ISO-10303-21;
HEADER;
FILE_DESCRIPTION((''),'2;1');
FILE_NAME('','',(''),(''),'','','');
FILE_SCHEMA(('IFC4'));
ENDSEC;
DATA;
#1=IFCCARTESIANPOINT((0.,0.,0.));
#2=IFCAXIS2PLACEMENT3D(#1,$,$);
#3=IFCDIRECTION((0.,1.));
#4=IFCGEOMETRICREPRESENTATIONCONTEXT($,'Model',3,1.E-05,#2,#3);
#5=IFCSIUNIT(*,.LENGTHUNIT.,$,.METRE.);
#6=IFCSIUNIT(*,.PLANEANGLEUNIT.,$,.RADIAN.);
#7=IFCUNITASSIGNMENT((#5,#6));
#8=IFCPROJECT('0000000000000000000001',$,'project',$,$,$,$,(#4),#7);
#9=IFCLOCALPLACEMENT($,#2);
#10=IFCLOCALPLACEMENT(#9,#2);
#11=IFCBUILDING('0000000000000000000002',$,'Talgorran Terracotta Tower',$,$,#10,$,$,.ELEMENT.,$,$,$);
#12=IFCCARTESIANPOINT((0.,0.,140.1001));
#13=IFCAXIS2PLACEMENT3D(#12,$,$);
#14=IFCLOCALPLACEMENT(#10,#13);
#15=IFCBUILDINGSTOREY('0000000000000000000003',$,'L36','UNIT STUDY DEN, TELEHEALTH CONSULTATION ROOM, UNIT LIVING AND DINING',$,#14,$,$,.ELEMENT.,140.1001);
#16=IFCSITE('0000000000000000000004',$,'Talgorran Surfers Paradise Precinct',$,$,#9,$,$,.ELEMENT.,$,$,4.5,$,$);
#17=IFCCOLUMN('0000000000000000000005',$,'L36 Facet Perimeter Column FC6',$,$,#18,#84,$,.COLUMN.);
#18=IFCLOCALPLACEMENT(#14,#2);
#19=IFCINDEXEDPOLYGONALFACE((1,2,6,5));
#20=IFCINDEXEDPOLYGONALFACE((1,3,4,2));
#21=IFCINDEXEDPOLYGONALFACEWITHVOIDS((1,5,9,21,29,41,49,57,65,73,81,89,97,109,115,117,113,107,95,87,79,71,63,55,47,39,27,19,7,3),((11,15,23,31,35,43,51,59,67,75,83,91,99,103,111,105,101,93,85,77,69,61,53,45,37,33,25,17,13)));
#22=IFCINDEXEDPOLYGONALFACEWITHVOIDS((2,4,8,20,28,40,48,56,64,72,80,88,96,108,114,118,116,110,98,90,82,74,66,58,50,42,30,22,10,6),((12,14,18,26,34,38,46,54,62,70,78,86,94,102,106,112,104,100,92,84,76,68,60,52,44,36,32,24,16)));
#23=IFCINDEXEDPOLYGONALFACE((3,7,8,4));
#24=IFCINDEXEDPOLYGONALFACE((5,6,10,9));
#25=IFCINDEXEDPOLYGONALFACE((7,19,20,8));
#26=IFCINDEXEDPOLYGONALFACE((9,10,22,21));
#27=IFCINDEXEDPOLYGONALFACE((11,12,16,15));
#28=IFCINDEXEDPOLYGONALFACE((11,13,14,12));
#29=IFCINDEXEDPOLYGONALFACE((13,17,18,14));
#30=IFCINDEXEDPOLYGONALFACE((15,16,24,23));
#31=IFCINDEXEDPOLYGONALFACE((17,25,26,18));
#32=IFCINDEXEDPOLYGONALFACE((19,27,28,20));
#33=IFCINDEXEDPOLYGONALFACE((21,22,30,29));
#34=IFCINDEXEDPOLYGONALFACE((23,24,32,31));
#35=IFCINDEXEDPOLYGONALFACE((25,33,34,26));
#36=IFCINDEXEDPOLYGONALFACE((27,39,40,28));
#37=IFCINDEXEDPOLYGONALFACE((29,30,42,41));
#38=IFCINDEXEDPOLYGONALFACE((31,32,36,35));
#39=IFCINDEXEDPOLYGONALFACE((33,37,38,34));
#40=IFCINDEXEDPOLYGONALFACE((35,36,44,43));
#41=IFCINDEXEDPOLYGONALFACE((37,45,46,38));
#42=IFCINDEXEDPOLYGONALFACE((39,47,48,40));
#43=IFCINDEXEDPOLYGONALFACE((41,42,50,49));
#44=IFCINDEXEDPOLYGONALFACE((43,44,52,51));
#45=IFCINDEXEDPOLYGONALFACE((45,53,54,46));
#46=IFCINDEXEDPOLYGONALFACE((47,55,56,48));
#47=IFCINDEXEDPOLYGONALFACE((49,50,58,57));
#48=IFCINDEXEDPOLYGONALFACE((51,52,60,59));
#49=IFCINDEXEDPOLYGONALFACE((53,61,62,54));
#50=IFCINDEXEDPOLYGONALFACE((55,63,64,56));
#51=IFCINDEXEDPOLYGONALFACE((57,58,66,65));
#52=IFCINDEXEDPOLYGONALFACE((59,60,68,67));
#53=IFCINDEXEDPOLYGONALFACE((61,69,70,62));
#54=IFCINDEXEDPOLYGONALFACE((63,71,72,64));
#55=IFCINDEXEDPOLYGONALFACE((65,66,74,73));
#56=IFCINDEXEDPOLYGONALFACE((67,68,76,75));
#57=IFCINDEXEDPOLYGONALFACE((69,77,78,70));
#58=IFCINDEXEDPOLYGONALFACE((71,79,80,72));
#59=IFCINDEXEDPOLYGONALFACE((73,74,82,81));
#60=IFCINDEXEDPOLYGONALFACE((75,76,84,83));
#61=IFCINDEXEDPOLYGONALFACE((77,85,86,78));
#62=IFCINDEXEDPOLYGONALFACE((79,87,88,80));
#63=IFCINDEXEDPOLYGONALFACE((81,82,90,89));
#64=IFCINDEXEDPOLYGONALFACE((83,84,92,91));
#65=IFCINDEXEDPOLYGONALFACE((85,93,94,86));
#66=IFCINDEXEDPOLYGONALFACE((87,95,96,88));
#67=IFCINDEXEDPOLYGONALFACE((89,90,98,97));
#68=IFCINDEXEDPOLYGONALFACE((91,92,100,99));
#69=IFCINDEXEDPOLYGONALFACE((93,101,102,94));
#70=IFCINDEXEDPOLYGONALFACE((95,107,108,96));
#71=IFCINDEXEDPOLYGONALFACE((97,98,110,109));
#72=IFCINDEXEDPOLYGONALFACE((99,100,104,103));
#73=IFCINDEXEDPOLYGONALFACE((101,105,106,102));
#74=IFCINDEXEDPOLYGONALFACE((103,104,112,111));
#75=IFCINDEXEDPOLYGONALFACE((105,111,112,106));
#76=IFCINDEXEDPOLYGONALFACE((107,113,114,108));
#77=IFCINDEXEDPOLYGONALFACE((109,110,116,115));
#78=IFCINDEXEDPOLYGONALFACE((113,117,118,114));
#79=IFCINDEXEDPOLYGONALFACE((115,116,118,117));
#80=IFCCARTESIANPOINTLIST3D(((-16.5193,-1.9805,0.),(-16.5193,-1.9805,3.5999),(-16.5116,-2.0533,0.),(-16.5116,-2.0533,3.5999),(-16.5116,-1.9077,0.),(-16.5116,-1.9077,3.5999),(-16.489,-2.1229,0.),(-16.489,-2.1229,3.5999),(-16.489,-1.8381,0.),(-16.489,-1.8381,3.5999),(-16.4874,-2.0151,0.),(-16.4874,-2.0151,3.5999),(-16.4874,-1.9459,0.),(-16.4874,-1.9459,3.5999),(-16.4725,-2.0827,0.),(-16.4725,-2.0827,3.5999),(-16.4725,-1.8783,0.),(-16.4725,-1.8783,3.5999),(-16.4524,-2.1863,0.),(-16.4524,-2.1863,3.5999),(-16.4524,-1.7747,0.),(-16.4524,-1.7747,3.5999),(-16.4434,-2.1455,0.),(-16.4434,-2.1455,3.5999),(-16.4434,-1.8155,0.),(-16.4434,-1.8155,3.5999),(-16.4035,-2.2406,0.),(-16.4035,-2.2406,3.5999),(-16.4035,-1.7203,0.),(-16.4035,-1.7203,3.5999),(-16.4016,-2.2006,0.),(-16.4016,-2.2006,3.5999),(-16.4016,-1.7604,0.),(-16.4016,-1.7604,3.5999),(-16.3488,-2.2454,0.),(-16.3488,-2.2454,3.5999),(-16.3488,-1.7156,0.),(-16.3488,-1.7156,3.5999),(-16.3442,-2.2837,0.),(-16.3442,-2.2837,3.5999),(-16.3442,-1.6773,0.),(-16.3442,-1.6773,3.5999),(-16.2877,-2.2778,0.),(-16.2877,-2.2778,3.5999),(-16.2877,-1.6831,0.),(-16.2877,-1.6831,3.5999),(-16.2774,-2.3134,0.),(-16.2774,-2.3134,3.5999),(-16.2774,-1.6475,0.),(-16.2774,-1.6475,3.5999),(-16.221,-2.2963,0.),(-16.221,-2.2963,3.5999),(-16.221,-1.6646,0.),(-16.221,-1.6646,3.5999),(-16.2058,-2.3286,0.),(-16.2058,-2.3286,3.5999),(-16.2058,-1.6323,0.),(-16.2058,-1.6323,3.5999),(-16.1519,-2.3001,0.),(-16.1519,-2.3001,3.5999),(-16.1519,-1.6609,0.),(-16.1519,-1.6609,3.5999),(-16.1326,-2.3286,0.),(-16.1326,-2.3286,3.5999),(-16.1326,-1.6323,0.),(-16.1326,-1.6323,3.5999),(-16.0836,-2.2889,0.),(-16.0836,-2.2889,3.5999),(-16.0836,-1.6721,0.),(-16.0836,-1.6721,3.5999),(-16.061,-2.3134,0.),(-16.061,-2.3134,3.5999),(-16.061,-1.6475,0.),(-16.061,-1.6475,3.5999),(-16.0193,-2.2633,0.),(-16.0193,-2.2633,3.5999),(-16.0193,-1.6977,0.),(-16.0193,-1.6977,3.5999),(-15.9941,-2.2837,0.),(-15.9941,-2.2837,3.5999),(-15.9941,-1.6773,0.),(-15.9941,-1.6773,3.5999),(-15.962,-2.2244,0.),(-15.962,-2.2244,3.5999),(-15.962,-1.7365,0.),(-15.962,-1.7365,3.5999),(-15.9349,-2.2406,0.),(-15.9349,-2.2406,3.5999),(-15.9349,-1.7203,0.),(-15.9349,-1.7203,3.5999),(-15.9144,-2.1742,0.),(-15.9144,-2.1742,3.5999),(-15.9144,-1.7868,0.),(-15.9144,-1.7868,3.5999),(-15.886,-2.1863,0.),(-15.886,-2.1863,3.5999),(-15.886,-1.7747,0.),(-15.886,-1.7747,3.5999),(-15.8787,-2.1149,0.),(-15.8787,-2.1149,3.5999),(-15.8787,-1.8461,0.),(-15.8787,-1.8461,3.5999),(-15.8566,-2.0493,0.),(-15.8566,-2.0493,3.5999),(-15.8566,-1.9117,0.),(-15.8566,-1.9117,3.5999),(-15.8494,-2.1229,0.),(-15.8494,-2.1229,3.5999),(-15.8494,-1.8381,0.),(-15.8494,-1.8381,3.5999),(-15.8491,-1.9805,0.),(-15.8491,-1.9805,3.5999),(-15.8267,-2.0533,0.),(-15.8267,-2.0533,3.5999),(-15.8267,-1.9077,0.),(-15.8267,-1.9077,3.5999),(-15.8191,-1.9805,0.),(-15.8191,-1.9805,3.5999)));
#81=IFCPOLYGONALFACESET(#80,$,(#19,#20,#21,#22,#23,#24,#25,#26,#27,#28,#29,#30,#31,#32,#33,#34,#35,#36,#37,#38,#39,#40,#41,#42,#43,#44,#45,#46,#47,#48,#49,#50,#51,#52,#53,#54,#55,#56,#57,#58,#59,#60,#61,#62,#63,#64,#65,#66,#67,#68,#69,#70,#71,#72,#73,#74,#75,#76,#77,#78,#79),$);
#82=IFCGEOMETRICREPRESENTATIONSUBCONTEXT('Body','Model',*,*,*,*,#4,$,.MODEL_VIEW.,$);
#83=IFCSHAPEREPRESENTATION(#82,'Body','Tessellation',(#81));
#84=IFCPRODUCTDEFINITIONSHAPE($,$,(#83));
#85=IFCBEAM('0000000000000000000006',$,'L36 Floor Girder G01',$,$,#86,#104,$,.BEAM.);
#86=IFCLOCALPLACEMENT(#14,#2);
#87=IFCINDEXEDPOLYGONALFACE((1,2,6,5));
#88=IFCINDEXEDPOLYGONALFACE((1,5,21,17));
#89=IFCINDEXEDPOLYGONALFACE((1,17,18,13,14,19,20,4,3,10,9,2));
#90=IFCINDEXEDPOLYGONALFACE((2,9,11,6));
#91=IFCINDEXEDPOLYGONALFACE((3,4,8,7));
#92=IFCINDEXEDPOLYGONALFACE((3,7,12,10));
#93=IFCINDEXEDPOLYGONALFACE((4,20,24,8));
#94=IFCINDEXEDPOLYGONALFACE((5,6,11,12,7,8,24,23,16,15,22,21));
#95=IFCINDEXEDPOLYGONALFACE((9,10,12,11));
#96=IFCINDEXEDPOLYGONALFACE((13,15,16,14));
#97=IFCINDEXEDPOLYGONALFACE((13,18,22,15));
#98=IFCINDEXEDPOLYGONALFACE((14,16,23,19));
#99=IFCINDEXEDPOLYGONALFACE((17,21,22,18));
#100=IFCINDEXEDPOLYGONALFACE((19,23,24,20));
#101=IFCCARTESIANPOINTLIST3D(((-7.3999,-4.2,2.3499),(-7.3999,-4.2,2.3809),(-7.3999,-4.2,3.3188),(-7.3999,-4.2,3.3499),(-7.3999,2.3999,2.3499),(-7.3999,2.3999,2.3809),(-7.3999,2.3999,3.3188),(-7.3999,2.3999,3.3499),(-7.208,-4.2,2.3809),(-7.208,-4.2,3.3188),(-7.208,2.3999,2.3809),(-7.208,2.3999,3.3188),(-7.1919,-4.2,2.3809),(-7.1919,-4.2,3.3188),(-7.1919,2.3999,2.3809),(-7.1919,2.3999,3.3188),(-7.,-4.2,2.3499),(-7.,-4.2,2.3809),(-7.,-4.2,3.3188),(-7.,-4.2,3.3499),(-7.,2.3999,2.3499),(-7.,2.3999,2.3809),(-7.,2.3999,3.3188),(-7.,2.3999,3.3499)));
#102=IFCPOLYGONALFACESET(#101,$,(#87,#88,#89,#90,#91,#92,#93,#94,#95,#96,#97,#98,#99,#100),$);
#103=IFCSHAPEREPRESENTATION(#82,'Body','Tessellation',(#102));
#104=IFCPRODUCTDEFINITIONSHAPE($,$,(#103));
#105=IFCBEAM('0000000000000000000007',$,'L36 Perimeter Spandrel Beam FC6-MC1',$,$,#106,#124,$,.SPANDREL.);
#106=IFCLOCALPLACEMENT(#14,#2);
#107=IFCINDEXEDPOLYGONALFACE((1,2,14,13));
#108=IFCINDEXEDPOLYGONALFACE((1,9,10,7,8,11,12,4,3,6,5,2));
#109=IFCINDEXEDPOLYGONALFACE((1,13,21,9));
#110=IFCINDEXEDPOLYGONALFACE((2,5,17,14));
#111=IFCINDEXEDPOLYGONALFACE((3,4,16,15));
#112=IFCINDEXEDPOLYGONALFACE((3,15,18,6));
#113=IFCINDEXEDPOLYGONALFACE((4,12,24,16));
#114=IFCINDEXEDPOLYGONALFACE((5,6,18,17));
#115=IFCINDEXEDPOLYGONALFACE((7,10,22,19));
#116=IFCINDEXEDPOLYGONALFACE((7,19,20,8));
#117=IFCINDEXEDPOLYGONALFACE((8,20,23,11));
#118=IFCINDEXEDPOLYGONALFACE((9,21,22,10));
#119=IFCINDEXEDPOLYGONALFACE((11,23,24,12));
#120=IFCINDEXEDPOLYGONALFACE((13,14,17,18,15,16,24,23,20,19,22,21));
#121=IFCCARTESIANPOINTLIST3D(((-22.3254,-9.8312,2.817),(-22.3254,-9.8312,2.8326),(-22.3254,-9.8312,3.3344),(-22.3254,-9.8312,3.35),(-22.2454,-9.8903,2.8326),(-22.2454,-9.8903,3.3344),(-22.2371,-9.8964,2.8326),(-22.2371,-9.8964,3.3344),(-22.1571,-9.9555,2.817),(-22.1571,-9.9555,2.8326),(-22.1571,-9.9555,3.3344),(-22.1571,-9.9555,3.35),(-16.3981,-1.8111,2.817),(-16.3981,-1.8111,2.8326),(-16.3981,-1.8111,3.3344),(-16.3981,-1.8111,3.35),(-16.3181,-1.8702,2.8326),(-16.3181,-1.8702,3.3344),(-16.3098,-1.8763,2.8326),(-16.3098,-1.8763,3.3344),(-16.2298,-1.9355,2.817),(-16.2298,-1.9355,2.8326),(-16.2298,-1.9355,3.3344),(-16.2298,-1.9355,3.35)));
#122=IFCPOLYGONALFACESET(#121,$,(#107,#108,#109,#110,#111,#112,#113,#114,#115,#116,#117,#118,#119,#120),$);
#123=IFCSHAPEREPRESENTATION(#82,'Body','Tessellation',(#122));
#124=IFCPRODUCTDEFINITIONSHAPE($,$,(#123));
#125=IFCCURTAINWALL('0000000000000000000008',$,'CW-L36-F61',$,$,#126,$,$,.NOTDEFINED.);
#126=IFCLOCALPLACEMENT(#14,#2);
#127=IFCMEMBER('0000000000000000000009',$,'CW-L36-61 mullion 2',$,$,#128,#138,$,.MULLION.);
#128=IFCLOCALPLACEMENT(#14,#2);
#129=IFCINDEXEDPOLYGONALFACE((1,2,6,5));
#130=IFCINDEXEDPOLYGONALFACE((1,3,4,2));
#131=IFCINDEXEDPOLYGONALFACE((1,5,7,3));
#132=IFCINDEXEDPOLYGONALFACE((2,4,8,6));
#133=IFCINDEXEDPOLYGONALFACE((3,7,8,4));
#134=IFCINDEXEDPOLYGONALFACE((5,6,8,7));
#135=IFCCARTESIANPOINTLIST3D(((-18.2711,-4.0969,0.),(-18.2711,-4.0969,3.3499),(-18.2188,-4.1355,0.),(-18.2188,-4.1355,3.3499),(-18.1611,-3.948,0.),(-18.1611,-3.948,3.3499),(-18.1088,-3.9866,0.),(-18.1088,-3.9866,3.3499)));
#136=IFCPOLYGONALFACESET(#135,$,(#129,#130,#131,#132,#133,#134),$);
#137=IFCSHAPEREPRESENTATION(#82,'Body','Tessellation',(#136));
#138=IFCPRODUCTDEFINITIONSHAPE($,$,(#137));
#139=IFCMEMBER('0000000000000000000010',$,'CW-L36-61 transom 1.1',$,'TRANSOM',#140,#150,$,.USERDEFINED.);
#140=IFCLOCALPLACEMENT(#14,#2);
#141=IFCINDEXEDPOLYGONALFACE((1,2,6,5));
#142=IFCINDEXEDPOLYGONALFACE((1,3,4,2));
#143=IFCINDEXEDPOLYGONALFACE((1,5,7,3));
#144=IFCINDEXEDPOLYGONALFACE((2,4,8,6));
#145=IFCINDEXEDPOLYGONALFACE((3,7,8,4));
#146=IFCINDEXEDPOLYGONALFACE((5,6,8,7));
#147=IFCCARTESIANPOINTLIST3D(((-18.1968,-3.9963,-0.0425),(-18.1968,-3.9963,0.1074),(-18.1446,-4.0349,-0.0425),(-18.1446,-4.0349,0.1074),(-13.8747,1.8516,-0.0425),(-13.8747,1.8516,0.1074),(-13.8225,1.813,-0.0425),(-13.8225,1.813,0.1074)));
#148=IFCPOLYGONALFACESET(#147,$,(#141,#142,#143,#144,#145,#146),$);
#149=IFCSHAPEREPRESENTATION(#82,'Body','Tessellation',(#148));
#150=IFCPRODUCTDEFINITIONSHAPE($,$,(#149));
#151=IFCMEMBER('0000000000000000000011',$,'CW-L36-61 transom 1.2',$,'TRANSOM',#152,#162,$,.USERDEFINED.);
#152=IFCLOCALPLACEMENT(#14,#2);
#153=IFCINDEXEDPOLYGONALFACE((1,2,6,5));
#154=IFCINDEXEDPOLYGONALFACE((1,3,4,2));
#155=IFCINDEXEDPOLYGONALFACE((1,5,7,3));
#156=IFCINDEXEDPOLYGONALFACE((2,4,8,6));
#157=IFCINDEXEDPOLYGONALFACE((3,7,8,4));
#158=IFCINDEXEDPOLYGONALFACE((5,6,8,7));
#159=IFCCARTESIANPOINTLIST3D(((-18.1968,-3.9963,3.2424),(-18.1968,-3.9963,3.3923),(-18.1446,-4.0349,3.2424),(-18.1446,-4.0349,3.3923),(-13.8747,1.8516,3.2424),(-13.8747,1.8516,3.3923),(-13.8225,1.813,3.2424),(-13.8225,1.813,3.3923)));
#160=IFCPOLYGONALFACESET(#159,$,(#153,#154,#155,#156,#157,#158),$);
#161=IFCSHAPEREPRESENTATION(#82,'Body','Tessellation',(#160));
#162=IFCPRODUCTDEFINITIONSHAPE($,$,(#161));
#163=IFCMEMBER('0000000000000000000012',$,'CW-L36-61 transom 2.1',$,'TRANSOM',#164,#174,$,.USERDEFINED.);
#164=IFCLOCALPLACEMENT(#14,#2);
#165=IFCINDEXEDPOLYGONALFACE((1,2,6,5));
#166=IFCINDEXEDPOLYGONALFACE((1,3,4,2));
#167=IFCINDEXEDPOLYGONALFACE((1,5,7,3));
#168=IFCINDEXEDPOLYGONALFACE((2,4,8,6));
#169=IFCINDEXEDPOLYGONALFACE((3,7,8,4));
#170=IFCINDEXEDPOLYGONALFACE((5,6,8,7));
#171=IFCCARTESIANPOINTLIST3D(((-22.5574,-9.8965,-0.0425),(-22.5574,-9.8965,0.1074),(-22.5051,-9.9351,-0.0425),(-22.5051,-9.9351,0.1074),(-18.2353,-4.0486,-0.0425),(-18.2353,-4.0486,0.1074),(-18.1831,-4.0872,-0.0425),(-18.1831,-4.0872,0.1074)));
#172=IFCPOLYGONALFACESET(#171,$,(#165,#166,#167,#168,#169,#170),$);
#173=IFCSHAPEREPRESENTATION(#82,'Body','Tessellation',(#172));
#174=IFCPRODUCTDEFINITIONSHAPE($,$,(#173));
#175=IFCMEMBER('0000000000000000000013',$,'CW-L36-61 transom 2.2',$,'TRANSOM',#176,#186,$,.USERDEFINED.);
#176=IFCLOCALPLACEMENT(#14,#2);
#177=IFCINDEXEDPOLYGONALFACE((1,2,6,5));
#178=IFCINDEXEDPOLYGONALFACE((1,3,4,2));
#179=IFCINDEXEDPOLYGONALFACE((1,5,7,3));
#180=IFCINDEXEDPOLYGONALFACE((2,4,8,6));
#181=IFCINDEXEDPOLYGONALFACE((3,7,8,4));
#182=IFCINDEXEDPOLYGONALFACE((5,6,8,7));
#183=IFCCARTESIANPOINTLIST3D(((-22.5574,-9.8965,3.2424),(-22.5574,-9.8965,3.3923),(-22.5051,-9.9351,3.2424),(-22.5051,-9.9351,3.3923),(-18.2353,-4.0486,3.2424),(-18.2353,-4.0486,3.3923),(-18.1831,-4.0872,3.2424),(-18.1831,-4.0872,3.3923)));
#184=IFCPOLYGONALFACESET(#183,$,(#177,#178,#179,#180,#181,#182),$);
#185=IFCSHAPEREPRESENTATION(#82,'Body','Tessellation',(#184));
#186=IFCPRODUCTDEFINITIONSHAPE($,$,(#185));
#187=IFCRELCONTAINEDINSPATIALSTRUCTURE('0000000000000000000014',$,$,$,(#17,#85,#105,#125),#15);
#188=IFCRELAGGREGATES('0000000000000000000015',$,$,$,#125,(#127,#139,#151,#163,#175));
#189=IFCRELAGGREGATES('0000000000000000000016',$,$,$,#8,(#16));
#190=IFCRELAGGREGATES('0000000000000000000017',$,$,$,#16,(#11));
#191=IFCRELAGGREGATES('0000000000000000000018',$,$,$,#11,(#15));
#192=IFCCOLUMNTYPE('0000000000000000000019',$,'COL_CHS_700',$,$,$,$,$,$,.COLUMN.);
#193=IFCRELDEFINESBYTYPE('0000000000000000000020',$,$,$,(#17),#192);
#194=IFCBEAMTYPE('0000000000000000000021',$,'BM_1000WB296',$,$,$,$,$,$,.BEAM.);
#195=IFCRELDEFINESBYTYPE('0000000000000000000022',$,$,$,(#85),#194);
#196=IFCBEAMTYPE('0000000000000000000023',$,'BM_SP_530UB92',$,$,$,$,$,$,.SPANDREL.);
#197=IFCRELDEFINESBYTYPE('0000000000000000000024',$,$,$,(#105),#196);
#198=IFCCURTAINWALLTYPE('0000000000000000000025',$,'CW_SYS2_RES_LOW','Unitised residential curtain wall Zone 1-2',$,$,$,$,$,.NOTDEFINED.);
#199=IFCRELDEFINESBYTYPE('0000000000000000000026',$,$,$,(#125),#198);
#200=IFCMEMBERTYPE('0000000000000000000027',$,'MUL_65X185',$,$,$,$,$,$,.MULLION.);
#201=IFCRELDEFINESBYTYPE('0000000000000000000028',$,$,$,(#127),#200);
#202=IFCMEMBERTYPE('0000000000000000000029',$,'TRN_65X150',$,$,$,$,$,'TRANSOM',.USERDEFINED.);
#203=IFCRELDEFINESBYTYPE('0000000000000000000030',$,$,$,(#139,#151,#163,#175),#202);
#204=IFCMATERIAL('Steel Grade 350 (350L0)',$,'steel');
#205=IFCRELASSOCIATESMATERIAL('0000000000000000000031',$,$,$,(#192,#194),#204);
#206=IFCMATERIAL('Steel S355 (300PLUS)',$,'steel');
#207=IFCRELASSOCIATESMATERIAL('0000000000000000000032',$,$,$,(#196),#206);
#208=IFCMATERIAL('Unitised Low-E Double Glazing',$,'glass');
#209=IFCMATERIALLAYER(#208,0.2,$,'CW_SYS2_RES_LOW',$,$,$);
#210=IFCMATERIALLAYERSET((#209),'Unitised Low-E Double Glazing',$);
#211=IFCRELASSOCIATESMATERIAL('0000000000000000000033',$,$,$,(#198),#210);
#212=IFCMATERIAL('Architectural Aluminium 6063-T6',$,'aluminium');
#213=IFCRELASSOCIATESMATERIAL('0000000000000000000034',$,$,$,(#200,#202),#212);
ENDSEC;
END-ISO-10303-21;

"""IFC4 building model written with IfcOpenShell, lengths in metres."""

from ifc_helpers import new_model, si_unit, direction, frame, origin, origin_2d, place, context, subcontext, project, spatial, rectangle, hollow_circle, i_section, extrude, material, layer, layer_set, material_profile, profile_set, type_object, element, aggregate, save


model = new_model("IFC4")

# Units and contexts
model_context = context("Model", 3, precision=1e-05, world=origin(), true_north=direction((0.0, 1.0)))
body_context = subcontext(model_context, "Body", "Model", "MODEL_VIEW")
ifc_project = project(units=[si_unit("LENGTHUNIT", "METRE"), si_unit("PLANEANGLEUNIT", "RADIAN")], contexts=[model_context])

# Site, building, storey
site_placement = place(None, origin())
site = spatial("IfcSite", under=ifc_project, at=site_placement, Name="Talgorran Surfers Paradise Precinct", CompositionType="ELEMENT", RefElevation=4.5)
building_placement = place(site_placement, origin())
building = spatial("IfcBuilding", under=site, at=building_placement, Name="Talgorran Terracotta Tower", CompositionType="ELEMENT")
storey_placement = place(building_placement, frame((0.0, 0.0, 140.1001)))
storey = spatial("IfcBuildingStorey", under=building, at=storey_placement, Name="L36", Description="UNIT STUDY DEN, TELEHEALTH CONSULTATION ROOM, UNIT LIVING AND DINING", CompositionType="ELEMENT", Elevation=140.1001)

# Column
ifc_material_1 = material(Name="Steel Grade 350 (350L0)", Category="steel")
ifc_material_profile_1 = material_profile(ifc_material_1, hollow_circle(Radius=0.3501, WallThickness=0.03, at=origin_2d()), Name="CHS700X30")
ifc_profile_set_1 = profile_set([ifc_material_profile_1], Name="Steel Grade 350 (350L0)")
column_type = type_object("IfcColumnType", Name="COL_CHS_700", PredefinedType="COLUMN", material=ifc_profile_set_1)
column_placement = place(storey_placement, frame((-16.1692, -1.9805, 0.0), z_axis=(0.0, 0.0, 1.0), x_axis=(1.0, 0.0, 0.0)))
element("IfcColumn", 1, at=column_placement, inside=storey, type_object=column_type, Name="L36 Facet Perimeter Column FC6", PredefinedType="COLUMN", context=body_context, shape_type="SweptSolid", body=[
    extrude(hollow_circle(Radius=0.3501, WallThickness=0.03, at=origin_2d()), origin(), (0.0, 0.0, 1.0), 3.5999),
])

# Beams
ifc_material_profile_2 = material_profile(ifc_material_1, i_section(OverallWidth=0.3999, OverallDepth=1.0, WebThickness=0.0161, FlangeThickness=0.031, at=origin_2d()), Name="1000WB296")
ifc_profile_set_2 = profile_set([ifc_material_profile_2], Name="Steel Grade 350 (350L0)")
beam_type_1 = type_object("IfcBeamType", Name="BM_1000WB296", PredefinedType="BEAM", material=ifc_profile_set_2)
beam_1_placement = place(storey_placement, frame((-7.2, -4.2, 2.8499), z_axis=(0.0, 1.0, 0.0), x_axis=(-1.0, 0.0, 0.0)))
element("IfcBeam", 2, at=beam_1_placement, inside=storey, type_object=beam_type_1, Name="L36 Floor Girder G01", PredefinedType="BEAM", context=body_context, shape_type="SweptSolid", body=[
    extrude(i_section(OverallWidth=0.3999, OverallDepth=1.0, WebThickness=0.0161, FlangeThickness=0.031, at=origin_2d()), origin(), (0.0, 0.0, 1.0), 6.5999),
])
ifc_material_2 = material(Name="Steel S355 (300PLUS)", Category="steel")
ifc_material_profile_3 = material_profile(ifc_material_2, i_section(OverallWidth=0.2092, OverallDepth=0.533, WebThickness=0.0103, FlangeThickness=0.0156, at=origin_2d()), Name="530UB92.4")
ifc_profile_set_3 = profile_set([ifc_material_profile_3], Name="Steel S355 (300PLUS)")
beam_type_2 = type_object("IfcBeamType", Name="BM_SP_530UB92", PredefinedType="SPANDREL", material=ifc_profile_set_3)
beam_2_placement = place(storey_placement, frame((-16.314, -1.8733, 3.0835), z_axis=(-0.594353, -0.804205, 0.0), x_axis=(0.804205, -0.594353, 0.0)))
element("IfcBeam", 3, at=beam_2_placement, inside=storey, type_object=beam_type_2, Name="L36 Perimeter Spandrel Beam FC6-MC1", PredefinedType="SPANDREL", context=body_context, shape_type="SweptSolid", body=[
    extrude(i_section(OverallWidth=0.2092, OverallDepth=0.533, WebThickness=0.0103, FlangeThickness=0.0156, at=origin_2d()), origin(), (0.0, 0.0, 1.0), 9.9727),
])

# Curtain wall, members
ifc_material_3 = material(Name="Unitised Low-E Double Glazing", Category="glass")
ifc_layer_1 = layer(ifc_material_3, 0.2, Name="CW_SYS2_RES_LOW")
ifc_layer_set_1 = layer_set([ifc_layer_1], Name="Unitised Low-E Double Glazing")
curtain_wall_type = type_object("IfcCurtainWallType", Name="CW_SYS2_RES_LOW", Description="Unitised residential curtain wall Zone 1-2", PredefinedType="NOTDEFINED", material=ifc_layer_set_1)
curtain_wall_placement = place(storey_placement, origin())
curtain_wall = element("IfcCurtainWall", 4, at=curtain_wall_placement, inside=storey, type_object=curtain_wall_type, Name="CW-L36-F61", PredefinedType="NOTDEFINED")
ifc_material_4 = material(Name="Architectural Aluminium 6063-T6", Category="aluminium")
ifc_material_profile_4 = material_profile(ifc_material_4, rectangle(XDim=0.0649, YDim=0.1851, at=origin_2d()), Name="CWM65X185")
ifc_profile_set_4 = profile_set([ifc_material_profile_4], Name="Architectural Aluminium 6063-T6")
member_type_1 = type_object("IfcMemberType", Name="MUL_65X185", PredefinedType="MULLION", material=ifc_profile_set_4)
member_1_placement = place(storey_placement, frame((-18.1899, -4.0417, 0.0), z_axis=(0.0, 0.0, 1.0), x_axis=(0.804199, -0.59436, 0.0)))
member_1 = element("IfcMember", 5, at=member_1_placement, type_object=member_type_1, Name="CW-L36-61 mullion 2", PredefinedType="MULLION", context=body_context, shape_type="SweptSolid", body=[
    extrude(rectangle(XDim=0.0649, YDim=0.1851, at=origin_2d()), origin(), (0.0, 0.0, 1.0), 3.3499),
])
ifc_material_profile_5 = material_profile(ifc_material_4, rectangle(XDim=0.0649, YDim=0.1499, at=origin_2d()), Name="CWT65X150")
ifc_profile_set_5 = profile_set([ifc_material_profile_5], Name="Architectural Aluminium 6063-T6")
member_type_2 = type_object("IfcMemberType", Name="TRN_65X150", ElementType="TRANSOM", PredefinedType="USERDEFINED", material=ifc_profile_set_5)
member_2_placement = place(storey_placement, frame((-13.8486, 1.8323, 0.0325), z_axis=(-0.594361, -0.804198, 0.0), x_axis=(0.804198, -0.594361, 0.0)))
member_2 = element("IfcMember", 6, at=member_2_placement, type_object=member_type_2, Name="CW-L36-61 transom 1.1", ObjectType="TRANSOM", PredefinedType="USERDEFINED", context=body_context, shape_type="SweptSolid", body=[
    extrude(rectangle(XDim=0.0649, YDim=0.1499, at=origin_2d()), origin(), (0.0, 0.0, 1.0), 7.2717),
])
member_3_placement = place(storey_placement, frame((-13.8486, 1.8323, 3.3174), z_axis=(-0.594361, -0.804198, 0.0), x_axis=(0.804198, -0.594361, 0.0)))
member_3 = element("IfcMember", 7, at=member_3_placement, type_object=member_type_2, Name="CW-L36-61 transom 1.2", ObjectType="TRANSOM", PredefinedType="USERDEFINED", context=body_context, shape_type="SweptSolid", body=[
    extrude(rectangle(XDim=0.0649, YDim=0.1499, at=origin_2d()), origin(), (0.0, 0.0, 1.0), 7.2717),
])
member_4_placement = place(storey_placement, frame((-18.2092, -4.0679, 0.0325), z_axis=(-0.594361, -0.804198, 0.0), x_axis=(0.804198, -0.594361, 0.0)))
member_4 = element("IfcMember", 8, at=member_4_placement, type_object=member_type_2, Name="CW-L36-61 transom 2.1", ObjectType="TRANSOM", PredefinedType="USERDEFINED", context=body_context, shape_type="SweptSolid", body=[
    extrude(rectangle(XDim=0.0649, YDim=0.1499, at=origin_2d()), origin(), (0.0, 0.0, 1.0), 7.2717),
])
member_5_placement = place(storey_placement, frame((-18.2092, -4.0679, 3.3174), z_axis=(-0.594361, -0.804198, 0.0), x_axis=(0.804198, -0.594361, 0.0)))
member_5 = element("IfcMember", 9, at=member_5_placement, type_object=member_type_2, Name="CW-L36-61 transom 2.2", ObjectType="TRANSOM", PredefinedType="USERDEFINED", context=body_context, shape_type="SweptSolid", body=[
    extrude(rectangle(XDim=0.0649, YDim=0.1499, at=origin_2d()), origin(), (0.0, 0.0, 1.0), 7.2717),
])

aggregate(curtain_wall, [member_1, member_2, member_3, member_4, member_5])

save(model, "model.ifc")
